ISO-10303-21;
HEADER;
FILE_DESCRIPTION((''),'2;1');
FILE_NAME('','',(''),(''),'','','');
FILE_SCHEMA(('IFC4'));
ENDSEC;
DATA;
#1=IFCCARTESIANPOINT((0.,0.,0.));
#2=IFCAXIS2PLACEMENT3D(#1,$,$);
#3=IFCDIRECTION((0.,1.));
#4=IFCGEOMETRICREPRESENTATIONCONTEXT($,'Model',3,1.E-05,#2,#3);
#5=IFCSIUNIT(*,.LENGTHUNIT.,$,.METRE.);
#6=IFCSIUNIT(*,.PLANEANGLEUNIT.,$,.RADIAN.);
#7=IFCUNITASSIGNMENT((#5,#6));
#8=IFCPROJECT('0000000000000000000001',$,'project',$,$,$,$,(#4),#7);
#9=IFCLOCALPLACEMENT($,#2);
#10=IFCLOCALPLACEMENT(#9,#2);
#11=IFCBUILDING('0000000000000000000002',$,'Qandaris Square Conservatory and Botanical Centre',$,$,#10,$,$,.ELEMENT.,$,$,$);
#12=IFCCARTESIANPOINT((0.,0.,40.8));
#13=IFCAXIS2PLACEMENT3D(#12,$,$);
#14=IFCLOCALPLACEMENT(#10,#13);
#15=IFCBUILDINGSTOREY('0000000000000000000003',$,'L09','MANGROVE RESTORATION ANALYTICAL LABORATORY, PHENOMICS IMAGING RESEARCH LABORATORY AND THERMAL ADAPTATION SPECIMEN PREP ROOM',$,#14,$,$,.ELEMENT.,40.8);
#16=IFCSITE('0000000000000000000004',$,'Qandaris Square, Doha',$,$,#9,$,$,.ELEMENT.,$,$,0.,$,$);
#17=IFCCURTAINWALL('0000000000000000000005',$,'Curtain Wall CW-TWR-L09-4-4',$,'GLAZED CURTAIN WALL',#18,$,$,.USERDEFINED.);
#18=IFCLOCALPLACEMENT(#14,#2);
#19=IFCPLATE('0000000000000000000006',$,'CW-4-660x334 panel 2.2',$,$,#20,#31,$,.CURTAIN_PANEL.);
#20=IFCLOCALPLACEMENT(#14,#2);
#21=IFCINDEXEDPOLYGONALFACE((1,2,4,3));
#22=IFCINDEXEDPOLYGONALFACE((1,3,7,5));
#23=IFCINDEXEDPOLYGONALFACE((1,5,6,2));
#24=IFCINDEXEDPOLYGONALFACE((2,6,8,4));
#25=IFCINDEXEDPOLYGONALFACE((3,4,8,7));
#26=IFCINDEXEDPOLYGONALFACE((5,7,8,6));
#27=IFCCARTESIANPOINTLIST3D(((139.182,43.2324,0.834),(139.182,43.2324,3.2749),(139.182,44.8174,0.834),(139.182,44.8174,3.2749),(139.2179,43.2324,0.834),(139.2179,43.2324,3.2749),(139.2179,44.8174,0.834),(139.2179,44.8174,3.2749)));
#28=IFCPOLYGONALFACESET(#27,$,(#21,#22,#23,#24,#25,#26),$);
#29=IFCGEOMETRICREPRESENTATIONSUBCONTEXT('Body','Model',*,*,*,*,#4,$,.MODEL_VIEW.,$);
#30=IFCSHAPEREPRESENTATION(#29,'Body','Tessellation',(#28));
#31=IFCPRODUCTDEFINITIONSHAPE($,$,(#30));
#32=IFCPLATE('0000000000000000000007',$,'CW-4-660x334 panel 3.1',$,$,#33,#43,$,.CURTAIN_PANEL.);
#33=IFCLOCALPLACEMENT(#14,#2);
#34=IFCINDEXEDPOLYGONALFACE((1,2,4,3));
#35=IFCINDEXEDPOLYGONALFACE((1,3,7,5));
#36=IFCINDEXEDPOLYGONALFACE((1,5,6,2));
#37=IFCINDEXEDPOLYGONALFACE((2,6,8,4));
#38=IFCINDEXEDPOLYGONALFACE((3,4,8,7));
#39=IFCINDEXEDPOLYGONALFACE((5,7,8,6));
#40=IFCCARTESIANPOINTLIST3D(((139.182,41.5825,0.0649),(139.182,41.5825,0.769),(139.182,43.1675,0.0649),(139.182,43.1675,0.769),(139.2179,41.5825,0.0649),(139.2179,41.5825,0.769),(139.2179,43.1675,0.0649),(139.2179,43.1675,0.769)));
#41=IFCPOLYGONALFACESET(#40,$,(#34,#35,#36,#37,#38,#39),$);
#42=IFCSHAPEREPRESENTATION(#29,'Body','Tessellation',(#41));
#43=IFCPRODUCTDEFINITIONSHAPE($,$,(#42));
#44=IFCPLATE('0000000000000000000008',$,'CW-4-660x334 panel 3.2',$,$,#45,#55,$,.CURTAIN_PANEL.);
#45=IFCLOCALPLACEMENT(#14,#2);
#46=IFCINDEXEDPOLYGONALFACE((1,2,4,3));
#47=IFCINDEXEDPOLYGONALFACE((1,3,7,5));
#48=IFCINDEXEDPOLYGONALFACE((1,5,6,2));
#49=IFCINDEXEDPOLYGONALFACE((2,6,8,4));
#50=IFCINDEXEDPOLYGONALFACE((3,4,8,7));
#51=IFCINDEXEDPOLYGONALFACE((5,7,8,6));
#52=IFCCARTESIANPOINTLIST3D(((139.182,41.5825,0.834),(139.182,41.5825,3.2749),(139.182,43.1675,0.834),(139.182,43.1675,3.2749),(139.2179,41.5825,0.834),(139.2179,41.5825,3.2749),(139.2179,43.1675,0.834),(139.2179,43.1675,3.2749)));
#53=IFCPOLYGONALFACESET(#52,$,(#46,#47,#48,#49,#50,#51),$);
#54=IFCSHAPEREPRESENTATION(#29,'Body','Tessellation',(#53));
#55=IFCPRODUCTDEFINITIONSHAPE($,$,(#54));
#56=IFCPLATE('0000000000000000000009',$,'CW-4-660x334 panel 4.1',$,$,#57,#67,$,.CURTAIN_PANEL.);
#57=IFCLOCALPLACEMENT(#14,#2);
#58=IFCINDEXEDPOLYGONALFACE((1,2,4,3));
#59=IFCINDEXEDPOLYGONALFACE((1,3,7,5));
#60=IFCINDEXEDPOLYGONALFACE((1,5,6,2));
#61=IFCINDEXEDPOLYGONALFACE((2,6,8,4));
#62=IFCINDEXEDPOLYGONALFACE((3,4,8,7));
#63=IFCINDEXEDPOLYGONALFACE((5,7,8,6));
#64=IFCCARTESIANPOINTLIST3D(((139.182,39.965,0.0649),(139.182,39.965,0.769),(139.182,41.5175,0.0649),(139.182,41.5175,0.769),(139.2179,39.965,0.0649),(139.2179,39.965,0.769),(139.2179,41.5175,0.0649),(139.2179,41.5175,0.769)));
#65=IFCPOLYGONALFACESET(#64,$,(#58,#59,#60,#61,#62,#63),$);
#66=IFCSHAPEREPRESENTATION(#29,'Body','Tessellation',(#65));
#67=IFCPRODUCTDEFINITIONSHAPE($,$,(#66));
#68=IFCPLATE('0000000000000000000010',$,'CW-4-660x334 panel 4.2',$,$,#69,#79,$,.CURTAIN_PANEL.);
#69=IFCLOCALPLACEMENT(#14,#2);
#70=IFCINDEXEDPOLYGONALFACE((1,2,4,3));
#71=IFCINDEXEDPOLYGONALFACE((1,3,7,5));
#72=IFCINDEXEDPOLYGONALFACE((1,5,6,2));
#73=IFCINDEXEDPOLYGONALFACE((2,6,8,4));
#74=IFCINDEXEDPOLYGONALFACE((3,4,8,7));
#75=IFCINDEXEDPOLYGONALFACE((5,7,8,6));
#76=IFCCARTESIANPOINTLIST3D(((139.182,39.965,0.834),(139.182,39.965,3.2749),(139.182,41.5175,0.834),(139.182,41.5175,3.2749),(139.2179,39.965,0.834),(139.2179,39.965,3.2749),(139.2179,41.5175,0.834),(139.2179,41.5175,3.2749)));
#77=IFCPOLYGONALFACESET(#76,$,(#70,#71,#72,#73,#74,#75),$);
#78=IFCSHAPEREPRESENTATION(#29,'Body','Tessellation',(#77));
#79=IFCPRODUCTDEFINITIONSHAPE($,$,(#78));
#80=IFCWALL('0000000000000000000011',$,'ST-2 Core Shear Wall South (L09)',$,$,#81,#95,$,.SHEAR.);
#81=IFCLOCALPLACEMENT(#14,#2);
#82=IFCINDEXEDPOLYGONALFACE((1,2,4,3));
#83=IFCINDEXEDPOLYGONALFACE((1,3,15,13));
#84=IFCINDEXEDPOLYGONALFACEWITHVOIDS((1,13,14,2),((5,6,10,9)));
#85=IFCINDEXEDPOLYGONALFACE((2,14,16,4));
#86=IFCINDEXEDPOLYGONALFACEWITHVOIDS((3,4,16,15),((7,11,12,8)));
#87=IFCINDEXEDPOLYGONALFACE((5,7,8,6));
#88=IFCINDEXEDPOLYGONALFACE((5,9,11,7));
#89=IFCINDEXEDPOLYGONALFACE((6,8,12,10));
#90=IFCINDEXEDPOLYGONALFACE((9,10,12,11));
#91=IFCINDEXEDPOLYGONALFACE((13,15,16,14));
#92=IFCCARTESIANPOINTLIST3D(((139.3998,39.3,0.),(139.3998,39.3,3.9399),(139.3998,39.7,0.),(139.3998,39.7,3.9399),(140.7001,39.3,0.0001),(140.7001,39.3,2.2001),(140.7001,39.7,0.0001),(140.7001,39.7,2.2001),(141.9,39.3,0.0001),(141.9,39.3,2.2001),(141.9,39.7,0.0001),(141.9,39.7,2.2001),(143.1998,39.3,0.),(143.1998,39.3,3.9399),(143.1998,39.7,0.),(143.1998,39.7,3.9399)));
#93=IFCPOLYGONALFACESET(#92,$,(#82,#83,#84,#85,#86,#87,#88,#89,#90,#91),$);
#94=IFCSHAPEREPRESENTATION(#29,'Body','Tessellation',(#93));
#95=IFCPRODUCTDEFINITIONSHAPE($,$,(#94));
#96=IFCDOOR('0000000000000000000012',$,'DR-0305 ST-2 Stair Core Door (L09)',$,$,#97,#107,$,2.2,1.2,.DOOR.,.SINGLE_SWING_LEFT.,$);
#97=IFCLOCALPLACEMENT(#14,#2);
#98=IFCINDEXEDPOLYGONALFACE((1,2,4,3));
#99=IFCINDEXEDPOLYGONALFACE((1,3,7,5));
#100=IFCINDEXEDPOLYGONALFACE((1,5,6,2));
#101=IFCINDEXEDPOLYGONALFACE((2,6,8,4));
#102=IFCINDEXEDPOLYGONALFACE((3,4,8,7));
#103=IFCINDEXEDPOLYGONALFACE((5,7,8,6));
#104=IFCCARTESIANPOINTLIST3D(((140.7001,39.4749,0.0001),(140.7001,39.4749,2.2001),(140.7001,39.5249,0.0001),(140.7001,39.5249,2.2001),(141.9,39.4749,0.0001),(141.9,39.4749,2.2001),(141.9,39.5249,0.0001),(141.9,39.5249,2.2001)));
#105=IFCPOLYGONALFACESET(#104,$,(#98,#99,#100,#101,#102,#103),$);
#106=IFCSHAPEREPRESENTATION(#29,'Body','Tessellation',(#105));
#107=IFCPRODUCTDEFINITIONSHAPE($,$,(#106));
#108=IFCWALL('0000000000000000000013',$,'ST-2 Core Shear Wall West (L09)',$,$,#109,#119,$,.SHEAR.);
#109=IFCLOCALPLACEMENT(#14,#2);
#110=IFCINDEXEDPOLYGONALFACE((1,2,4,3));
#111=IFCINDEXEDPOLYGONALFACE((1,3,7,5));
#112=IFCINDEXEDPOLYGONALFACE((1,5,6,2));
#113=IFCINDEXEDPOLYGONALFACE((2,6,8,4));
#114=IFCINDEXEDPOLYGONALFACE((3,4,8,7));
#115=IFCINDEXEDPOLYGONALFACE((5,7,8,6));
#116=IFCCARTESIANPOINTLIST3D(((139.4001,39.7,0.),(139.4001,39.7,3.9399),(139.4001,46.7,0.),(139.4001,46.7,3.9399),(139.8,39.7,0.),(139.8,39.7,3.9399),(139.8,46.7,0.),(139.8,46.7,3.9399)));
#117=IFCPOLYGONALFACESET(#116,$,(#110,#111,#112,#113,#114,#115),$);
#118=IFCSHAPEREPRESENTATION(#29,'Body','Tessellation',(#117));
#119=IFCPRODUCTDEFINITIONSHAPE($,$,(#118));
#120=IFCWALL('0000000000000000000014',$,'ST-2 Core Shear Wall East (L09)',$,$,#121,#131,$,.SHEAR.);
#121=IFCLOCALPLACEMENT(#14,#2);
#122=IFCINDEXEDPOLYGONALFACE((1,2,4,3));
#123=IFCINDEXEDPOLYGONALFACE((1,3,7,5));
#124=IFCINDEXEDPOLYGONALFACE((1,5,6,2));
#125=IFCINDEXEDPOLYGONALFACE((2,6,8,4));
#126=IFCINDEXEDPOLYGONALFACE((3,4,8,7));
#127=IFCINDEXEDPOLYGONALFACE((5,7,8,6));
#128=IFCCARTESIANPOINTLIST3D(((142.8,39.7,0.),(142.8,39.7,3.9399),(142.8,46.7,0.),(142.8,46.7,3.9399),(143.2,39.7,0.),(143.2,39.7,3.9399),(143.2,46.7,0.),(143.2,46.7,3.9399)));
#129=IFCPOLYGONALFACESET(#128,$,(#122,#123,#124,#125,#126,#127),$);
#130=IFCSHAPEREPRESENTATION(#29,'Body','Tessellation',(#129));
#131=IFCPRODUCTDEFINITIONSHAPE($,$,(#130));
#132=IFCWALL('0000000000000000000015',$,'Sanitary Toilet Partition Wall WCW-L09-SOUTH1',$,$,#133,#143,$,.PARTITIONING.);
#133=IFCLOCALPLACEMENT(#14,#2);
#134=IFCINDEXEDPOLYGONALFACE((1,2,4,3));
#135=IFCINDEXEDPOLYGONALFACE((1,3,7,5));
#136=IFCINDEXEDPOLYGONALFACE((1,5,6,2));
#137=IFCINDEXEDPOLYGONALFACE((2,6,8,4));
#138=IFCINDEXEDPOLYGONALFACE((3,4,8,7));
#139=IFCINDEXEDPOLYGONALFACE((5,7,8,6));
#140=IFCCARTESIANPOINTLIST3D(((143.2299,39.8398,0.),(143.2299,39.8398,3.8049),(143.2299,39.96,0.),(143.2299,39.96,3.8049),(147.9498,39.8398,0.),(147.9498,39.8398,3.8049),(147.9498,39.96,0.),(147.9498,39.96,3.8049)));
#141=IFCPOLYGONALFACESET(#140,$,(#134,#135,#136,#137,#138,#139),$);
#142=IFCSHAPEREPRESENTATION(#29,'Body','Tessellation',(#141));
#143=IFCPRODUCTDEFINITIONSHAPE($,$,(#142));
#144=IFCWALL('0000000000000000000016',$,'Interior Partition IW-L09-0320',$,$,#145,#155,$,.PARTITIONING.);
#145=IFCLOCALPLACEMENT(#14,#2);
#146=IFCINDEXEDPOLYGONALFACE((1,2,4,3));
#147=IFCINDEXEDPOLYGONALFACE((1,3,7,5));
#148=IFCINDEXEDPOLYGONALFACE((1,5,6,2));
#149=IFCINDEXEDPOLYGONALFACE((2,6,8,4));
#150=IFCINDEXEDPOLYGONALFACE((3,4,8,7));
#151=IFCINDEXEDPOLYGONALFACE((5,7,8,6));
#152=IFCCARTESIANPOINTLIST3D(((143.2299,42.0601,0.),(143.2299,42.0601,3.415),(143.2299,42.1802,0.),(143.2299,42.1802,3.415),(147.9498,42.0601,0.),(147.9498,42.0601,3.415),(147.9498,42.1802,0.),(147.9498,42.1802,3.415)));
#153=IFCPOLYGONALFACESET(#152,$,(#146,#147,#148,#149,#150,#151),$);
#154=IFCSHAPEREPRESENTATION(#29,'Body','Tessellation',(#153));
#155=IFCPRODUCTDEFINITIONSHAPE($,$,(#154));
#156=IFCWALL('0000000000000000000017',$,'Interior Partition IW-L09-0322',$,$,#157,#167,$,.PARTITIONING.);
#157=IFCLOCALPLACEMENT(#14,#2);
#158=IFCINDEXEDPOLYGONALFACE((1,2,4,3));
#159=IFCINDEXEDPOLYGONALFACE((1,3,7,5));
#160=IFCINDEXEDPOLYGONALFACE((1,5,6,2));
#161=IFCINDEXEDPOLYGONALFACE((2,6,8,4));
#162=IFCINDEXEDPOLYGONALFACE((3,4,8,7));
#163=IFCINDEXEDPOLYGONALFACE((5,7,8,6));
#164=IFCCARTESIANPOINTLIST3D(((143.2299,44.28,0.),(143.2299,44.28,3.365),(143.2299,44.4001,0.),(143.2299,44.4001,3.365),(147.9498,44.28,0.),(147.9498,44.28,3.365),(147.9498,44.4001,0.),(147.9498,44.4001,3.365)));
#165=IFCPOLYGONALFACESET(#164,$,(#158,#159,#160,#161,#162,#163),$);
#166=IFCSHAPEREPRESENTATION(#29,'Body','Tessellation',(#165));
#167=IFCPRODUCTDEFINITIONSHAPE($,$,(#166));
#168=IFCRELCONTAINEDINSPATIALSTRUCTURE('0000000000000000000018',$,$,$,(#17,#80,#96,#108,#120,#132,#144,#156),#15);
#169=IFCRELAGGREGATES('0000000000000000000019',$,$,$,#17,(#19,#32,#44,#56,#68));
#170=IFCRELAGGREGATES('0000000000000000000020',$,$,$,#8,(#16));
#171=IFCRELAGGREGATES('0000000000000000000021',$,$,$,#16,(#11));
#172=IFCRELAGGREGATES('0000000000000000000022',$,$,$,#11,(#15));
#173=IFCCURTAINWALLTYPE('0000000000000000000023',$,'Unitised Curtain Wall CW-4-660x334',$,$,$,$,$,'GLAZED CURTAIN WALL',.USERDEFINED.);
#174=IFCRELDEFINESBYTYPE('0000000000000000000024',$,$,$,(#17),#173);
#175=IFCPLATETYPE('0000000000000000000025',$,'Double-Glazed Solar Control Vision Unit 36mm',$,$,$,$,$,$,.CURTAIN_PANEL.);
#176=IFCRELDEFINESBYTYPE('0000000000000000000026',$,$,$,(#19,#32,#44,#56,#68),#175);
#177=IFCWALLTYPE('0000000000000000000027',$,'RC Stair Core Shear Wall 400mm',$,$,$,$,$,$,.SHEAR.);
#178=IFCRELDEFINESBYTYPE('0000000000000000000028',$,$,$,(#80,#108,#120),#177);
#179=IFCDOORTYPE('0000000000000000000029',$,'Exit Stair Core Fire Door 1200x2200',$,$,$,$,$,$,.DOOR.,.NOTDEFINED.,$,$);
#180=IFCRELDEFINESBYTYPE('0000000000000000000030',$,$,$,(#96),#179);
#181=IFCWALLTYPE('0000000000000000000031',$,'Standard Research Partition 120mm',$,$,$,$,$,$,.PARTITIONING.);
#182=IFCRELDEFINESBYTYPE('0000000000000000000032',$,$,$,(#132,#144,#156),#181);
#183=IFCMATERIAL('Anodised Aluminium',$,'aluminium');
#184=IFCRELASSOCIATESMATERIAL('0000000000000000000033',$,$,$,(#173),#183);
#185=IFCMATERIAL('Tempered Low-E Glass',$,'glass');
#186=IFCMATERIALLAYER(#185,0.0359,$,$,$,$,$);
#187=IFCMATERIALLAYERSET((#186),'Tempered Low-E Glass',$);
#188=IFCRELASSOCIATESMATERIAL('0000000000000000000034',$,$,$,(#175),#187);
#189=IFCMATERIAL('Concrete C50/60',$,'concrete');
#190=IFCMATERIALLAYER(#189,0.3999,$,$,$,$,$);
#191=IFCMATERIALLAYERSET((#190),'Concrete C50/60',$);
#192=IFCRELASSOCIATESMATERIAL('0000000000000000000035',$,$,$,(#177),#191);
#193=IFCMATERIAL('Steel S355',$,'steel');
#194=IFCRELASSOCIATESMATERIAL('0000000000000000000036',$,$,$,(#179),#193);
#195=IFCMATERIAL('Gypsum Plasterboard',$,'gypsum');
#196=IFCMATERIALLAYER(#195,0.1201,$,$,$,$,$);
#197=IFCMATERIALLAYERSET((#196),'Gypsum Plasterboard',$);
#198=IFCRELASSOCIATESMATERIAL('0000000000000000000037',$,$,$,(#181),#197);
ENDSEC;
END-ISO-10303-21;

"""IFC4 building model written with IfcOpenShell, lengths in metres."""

from ifc_helpers import new_model, si_unit, direction, frame, frame_2d, origin, origin_2d, place, context, subcontext, project, spatial, rectangle, extrude, material, layer, layer_set, type_object, element, fill, aggregate, save


model = new_model("IFC4")

# Units and contexts
model_context = context("Model", 3, precision=1e-05, world=origin(), true_north=direction((0.0, 1.0)))
body_context = subcontext(model_context, "Body", "Model", "MODEL_VIEW")
ifc_project = project(units=[si_unit("LENGTHUNIT", "METRE"), si_unit("PLANEANGLEUNIT", "RADIAN")], contexts=[model_context])

# Site, building, storey
site_placement = place(None, origin())
site = spatial("IfcSite", under=ifc_project, at=site_placement, Name="Qandaris Square, Doha", CompositionType="ELEMENT", RefElevation=0.0)
building_placement = place(site_placement, origin())
building = spatial("IfcBuilding", under=site, at=building_placement, Name="Qandaris Square Conservatory and Botanical Centre", CompositionType="ELEMENT")
storey_placement = place(building_placement, frame((0.0, 0.0, 40.8)))
storey = spatial("IfcBuildingStorey", under=building, at=storey_placement, Name="L09", Description="MANGROVE RESTORATION ANALYTICAL LABORATORY, PHENOMICS IMAGING RESEARCH LABORATORY AND THERMAL ADAPTATION SPECIMEN PREP ROOM", CompositionType="ELEMENT", Elevation=40.8)

# Curtain wall
ifc_material_1 = material(Name="Anodised Aluminium", Category="aluminium")
curtain_wall_type = type_object("IfcCurtainWallType", Name="Unitised Curtain Wall CW-4-660x334", ElementType="GLAZED CURTAIN WALL", PredefinedType="USERDEFINED", material=ifc_material_1)
curtain_wall_placement = place(storey_placement, origin())
curtain_wall = element("IfcCurtainWall", 1, at=curtain_wall_placement, inside=storey, type_object=curtain_wall_type, Name="Curtain Wall CW-TWR-L09-4-4", ObjectType="GLAZED CURTAIN WALL", PredefinedType="USERDEFINED")

# Shared definitions
ifc_material_2 = material(Name="Concrete C50/60", Category="concrete")

# Plates
ifc_material_3 = material(Name="Tempered Low-E Glass", Category="glass")
ifc_layer_1 = layer(ifc_material_3, 0.0359)
ifc_layer_set_1 = layer_set([ifc_layer_1], Name="Tempered Low-E Glass")
plate_type = type_object("IfcPlateType", Name="Double-Glazed Solar Control Vision Unit 36mm", PredefinedType="CURTAIN_PANEL", material=ifc_layer_set_1)
plate_1_placement = place(storey_placement, frame((139.2, 44.0249, 0.834), z_axis=(0.0, 0.0, 1.0), x_axis=(0.0, -1.0, 0.0)))
plate_1 = element("IfcPlate", 2, at=plate_1_placement, type_object=plate_type, Name="CW-4-660x334 panel 2.2", PredefinedType="CURTAIN_PANEL", context=body_context, shape_type="SweptSolid", body=[
    extrude(rectangle(XDim=1.585, YDim=0.0359, at=origin_2d()), origin(), (0.0, 0.0, 1.0), 2.4409),
])
plate_2_placement = place(storey_placement, frame((139.2, 42.375, 0.0649), z_axis=(0.0, 0.0, 1.0), x_axis=(0.0, -1.0, 0.0)))
plate_2 = element("IfcPlate", 3, at=plate_2_placement, type_object=plate_type, Name="CW-4-660x334 panel 3.1", PredefinedType="CURTAIN_PANEL", context=body_context, shape_type="SweptSolid", body=[
    extrude(rectangle(XDim=1.585, YDim=0.0359, at=origin_2d()), origin(), (0.0, 0.0, 1.0), 0.7041),
])
plate_3_placement = place(storey_placement, frame((139.2, 42.375, 0.834), z_axis=(0.0, 0.0, 1.0), x_axis=(0.0, -1.0, 0.0)))
plate_3 = element("IfcPlate", 4, at=plate_3_placement, type_object=plate_type, Name="CW-4-660x334 panel 3.2", PredefinedType="CURTAIN_PANEL", context=body_context, shape_type="SweptSolid", body=[
    extrude(rectangle(XDim=1.585, YDim=0.0359, at=origin_2d()), origin(), (0.0, 0.0, 1.0), 2.4409),
])
plate_4_placement = place(storey_placement, frame((139.2, 40.7412, 0.0649), z_axis=(0.0, 0.0, 1.0), x_axis=(0.0, -1.0, 0.0)))
plate_4 = element("IfcPlate", 5, at=plate_4_placement, type_object=plate_type, Name="CW-4-660x334 panel 4.1", PredefinedType="CURTAIN_PANEL", context=body_context, shape_type="SweptSolid", body=[
    extrude(rectangle(XDim=1.5525, YDim=0.0359, at=origin_2d()), origin(), (0.0, 0.0, 1.0), 0.7041),
])
plate_5_placement = place(storey_placement, frame((139.2, 40.7412, 0.834), z_axis=(0.0, 0.0, 1.0), x_axis=(0.0, -1.0, 0.0)))
plate_5 = element("IfcPlate", 6, at=plate_5_placement, type_object=plate_type, Name="CW-4-660x334 panel 4.2", PredefinedType="CURTAIN_PANEL", context=body_context, shape_type="SweptSolid", body=[
    extrude(rectangle(XDim=1.5525, YDim=0.0359, at=origin_2d()), origin(), (0.0, 0.0, 1.0), 2.4409),
])
aggregate(curtain_wall, [plate_1, plate_2, plate_3, plate_4, plate_5])

# Wall, opening, door
ifc_layer_2 = layer(ifc_material_2, 0.3999)
ifc_layer_set_2 = layer_set([ifc_layer_2], Name="Concrete C50/60")
wall_type_1 = type_object("IfcWallType", Name="RC Stair Core Shear Wall 400mm", PredefinedType="SHEAR", material=ifc_layer_set_2)
wall_1_placement = place(storey_placement, frame((139.3999, 39.5, 0.0), z_axis=(0.0, 0.0, 1.0), x_axis=(1.0, 0.0, 0.0)))
wall_1 = element("IfcWall", 7, at=wall_1_placement, inside=storey, type_object=wall_type_1, Name="ST-2 Core Shear Wall South (L09)", PredefinedType="SHEAR", context=body_context, shape_type="SweptSolid", body=[
    extrude(rectangle(XDim=3.8, YDim=0.3999, at=frame_2d((1.8999, 0.0))), origin(), (0.0, 0.0, 1.0), 3.9399),
])
opening_placement = place(wall_1_placement, frame((1.3, 0.0, 0.0)))
opening = element("IfcOpeningElement", 8, at=opening_placement, cuts=wall_1, PredefinedType="OPENING", context=body_context, shape_type="SweptSolid", body=[
    extrude(rectangle(XDim=1.2, YDim=2.2, at=frame_2d((0.6001, 1.1001))), frame((0.0, 0.2119, 0.0), z_axis=(0.0, -1.0, 0.0), x_axis=(1.0, 0.0, 0.0)), (0.0, 0.0, 1.0), 0.4238),
])
ifc_material_4 = material(Name="Steel S355", Category="steel")
door_type = type_object("IfcDoorType", Name="Exit Stair Core Fire Door 1200x2200", OperationType="NOTDEFINED", PredefinedType="DOOR", material=ifc_material_4)
door_placement = place(opening_placement, origin())
door = element("IfcDoor", 9, at=door_placement, inside=storey, type_object=door_type, Name="DR-0305 ST-2 Stair Core Door (L09)", OperationType="SINGLE_SWING_LEFT", OverallHeight=2.2, OverallWidth=1.2, PredefinedType="DOOR", context=body_context, shape_type="SweptSolid", body=[
    extrude(rectangle(XDim=1.2, YDim=2.2, at=frame_2d((0.6001, 1.1001))), frame((0.0, 0.0249, 0.0), z_axis=(0.0, -1.0, 0.0), x_axis=(1.0, 0.0, 0.0)), (0.0, 0.0, 1.0), 0.05),
])
fill(opening, door)

# Walls
for number, where, z_axis, x_axis, name in (
    (10, (139.6001, 39.7, 0.0), (0.0, 0.0, 1.0), (0.0, 1.0, 0.0), "ST-2 Core Shear Wall West (L09)"),
    (11, (143.0, 39.7, 0.0), (0.0, 0.0, 1.0), (0.0, 1.0, 0.0), "ST-2 Core Shear Wall East (L09)"),
):
    element("IfcWall", number, at=place(storey_placement, frame(where, z_axis=z_axis, x_axis=x_axis)), inside=storey, type_object=wall_type_1, Name=name, PredefinedType="SHEAR", context=body_context, shape_type="SweptSolid", body=[
        extrude(rectangle(XDim=7.0, YDim=0.3999, at=frame_2d((3.5, 0.0))), origin(), (0.0, 0.0, 1.0), 3.9399),
    ])
ifc_material_5 = material(Name="Gypsum Plasterboard", Category="gypsum")
ifc_layer_3 = layer(ifc_material_5, 0.1201)
ifc_layer_set_3 = layer_set([ifc_layer_3], Name="Gypsum Plasterboard")
wall_type_2 = type_object("IfcWallType", Name="Standard Research Partition 120mm", PredefinedType="PARTITIONING", material=ifc_layer_set_3)
wall_2_placement = place(storey_placement, frame((143.23, 39.8999, 0.0), z_axis=(0.0, 0.0, 1.0), x_axis=(1.0, 0.0, 0.0)))
element("IfcWall", 12, at=wall_2_placement, inside=storey, type_object=wall_type_2, Name="Sanitary Toilet Partition Wall WCW-L09-SOUTH1", PredefinedType="PARTITIONING", context=body_context, shape_type="SweptSolid", body=[
    extrude(rectangle(XDim=4.72, YDim=0.1201, at=frame_2d((2.3599, 0.0))), origin(), (0.0, 0.0, 1.0), 3.8049),
])
wall_3_placement = place(storey_placement, frame((143.23, 42.1201, 0.0), z_axis=(0.0, 0.0, 1.0), x_axis=(1.0, 0.0, 0.0)))
element("IfcWall", 13, at=wall_3_placement, inside=storey, type_object=wall_type_2, Name="Interior Partition IW-L09-0320", PredefinedType="PARTITIONING", context=body_context, shape_type="SweptSolid", body=[
    extrude(rectangle(XDim=4.72, YDim=0.1201, at=frame_2d((2.3599, 0.0))), origin(), (0.0, 0.0, 1.0), 3.415),
])
wall_4_placement = place(storey_placement, frame((143.23, 44.3401, 0.0), z_axis=(0.0, 0.0, 1.0), x_axis=(1.0, 0.0, 0.0)))
element("IfcWall", 14, at=wall_4_placement, inside=storey, type_object=wall_type_2, Name="Interior Partition IW-L09-0322", PredefinedType="PARTITIONING", context=body_context, shape_type="SweptSolid", body=[
    extrude(rectangle(XDim=4.72, YDim=0.1201, at=frame_2d((2.3599, 0.0))), origin(), (0.0, 0.0, 1.0), 3.365),
])

save(model, "model.ifc")
